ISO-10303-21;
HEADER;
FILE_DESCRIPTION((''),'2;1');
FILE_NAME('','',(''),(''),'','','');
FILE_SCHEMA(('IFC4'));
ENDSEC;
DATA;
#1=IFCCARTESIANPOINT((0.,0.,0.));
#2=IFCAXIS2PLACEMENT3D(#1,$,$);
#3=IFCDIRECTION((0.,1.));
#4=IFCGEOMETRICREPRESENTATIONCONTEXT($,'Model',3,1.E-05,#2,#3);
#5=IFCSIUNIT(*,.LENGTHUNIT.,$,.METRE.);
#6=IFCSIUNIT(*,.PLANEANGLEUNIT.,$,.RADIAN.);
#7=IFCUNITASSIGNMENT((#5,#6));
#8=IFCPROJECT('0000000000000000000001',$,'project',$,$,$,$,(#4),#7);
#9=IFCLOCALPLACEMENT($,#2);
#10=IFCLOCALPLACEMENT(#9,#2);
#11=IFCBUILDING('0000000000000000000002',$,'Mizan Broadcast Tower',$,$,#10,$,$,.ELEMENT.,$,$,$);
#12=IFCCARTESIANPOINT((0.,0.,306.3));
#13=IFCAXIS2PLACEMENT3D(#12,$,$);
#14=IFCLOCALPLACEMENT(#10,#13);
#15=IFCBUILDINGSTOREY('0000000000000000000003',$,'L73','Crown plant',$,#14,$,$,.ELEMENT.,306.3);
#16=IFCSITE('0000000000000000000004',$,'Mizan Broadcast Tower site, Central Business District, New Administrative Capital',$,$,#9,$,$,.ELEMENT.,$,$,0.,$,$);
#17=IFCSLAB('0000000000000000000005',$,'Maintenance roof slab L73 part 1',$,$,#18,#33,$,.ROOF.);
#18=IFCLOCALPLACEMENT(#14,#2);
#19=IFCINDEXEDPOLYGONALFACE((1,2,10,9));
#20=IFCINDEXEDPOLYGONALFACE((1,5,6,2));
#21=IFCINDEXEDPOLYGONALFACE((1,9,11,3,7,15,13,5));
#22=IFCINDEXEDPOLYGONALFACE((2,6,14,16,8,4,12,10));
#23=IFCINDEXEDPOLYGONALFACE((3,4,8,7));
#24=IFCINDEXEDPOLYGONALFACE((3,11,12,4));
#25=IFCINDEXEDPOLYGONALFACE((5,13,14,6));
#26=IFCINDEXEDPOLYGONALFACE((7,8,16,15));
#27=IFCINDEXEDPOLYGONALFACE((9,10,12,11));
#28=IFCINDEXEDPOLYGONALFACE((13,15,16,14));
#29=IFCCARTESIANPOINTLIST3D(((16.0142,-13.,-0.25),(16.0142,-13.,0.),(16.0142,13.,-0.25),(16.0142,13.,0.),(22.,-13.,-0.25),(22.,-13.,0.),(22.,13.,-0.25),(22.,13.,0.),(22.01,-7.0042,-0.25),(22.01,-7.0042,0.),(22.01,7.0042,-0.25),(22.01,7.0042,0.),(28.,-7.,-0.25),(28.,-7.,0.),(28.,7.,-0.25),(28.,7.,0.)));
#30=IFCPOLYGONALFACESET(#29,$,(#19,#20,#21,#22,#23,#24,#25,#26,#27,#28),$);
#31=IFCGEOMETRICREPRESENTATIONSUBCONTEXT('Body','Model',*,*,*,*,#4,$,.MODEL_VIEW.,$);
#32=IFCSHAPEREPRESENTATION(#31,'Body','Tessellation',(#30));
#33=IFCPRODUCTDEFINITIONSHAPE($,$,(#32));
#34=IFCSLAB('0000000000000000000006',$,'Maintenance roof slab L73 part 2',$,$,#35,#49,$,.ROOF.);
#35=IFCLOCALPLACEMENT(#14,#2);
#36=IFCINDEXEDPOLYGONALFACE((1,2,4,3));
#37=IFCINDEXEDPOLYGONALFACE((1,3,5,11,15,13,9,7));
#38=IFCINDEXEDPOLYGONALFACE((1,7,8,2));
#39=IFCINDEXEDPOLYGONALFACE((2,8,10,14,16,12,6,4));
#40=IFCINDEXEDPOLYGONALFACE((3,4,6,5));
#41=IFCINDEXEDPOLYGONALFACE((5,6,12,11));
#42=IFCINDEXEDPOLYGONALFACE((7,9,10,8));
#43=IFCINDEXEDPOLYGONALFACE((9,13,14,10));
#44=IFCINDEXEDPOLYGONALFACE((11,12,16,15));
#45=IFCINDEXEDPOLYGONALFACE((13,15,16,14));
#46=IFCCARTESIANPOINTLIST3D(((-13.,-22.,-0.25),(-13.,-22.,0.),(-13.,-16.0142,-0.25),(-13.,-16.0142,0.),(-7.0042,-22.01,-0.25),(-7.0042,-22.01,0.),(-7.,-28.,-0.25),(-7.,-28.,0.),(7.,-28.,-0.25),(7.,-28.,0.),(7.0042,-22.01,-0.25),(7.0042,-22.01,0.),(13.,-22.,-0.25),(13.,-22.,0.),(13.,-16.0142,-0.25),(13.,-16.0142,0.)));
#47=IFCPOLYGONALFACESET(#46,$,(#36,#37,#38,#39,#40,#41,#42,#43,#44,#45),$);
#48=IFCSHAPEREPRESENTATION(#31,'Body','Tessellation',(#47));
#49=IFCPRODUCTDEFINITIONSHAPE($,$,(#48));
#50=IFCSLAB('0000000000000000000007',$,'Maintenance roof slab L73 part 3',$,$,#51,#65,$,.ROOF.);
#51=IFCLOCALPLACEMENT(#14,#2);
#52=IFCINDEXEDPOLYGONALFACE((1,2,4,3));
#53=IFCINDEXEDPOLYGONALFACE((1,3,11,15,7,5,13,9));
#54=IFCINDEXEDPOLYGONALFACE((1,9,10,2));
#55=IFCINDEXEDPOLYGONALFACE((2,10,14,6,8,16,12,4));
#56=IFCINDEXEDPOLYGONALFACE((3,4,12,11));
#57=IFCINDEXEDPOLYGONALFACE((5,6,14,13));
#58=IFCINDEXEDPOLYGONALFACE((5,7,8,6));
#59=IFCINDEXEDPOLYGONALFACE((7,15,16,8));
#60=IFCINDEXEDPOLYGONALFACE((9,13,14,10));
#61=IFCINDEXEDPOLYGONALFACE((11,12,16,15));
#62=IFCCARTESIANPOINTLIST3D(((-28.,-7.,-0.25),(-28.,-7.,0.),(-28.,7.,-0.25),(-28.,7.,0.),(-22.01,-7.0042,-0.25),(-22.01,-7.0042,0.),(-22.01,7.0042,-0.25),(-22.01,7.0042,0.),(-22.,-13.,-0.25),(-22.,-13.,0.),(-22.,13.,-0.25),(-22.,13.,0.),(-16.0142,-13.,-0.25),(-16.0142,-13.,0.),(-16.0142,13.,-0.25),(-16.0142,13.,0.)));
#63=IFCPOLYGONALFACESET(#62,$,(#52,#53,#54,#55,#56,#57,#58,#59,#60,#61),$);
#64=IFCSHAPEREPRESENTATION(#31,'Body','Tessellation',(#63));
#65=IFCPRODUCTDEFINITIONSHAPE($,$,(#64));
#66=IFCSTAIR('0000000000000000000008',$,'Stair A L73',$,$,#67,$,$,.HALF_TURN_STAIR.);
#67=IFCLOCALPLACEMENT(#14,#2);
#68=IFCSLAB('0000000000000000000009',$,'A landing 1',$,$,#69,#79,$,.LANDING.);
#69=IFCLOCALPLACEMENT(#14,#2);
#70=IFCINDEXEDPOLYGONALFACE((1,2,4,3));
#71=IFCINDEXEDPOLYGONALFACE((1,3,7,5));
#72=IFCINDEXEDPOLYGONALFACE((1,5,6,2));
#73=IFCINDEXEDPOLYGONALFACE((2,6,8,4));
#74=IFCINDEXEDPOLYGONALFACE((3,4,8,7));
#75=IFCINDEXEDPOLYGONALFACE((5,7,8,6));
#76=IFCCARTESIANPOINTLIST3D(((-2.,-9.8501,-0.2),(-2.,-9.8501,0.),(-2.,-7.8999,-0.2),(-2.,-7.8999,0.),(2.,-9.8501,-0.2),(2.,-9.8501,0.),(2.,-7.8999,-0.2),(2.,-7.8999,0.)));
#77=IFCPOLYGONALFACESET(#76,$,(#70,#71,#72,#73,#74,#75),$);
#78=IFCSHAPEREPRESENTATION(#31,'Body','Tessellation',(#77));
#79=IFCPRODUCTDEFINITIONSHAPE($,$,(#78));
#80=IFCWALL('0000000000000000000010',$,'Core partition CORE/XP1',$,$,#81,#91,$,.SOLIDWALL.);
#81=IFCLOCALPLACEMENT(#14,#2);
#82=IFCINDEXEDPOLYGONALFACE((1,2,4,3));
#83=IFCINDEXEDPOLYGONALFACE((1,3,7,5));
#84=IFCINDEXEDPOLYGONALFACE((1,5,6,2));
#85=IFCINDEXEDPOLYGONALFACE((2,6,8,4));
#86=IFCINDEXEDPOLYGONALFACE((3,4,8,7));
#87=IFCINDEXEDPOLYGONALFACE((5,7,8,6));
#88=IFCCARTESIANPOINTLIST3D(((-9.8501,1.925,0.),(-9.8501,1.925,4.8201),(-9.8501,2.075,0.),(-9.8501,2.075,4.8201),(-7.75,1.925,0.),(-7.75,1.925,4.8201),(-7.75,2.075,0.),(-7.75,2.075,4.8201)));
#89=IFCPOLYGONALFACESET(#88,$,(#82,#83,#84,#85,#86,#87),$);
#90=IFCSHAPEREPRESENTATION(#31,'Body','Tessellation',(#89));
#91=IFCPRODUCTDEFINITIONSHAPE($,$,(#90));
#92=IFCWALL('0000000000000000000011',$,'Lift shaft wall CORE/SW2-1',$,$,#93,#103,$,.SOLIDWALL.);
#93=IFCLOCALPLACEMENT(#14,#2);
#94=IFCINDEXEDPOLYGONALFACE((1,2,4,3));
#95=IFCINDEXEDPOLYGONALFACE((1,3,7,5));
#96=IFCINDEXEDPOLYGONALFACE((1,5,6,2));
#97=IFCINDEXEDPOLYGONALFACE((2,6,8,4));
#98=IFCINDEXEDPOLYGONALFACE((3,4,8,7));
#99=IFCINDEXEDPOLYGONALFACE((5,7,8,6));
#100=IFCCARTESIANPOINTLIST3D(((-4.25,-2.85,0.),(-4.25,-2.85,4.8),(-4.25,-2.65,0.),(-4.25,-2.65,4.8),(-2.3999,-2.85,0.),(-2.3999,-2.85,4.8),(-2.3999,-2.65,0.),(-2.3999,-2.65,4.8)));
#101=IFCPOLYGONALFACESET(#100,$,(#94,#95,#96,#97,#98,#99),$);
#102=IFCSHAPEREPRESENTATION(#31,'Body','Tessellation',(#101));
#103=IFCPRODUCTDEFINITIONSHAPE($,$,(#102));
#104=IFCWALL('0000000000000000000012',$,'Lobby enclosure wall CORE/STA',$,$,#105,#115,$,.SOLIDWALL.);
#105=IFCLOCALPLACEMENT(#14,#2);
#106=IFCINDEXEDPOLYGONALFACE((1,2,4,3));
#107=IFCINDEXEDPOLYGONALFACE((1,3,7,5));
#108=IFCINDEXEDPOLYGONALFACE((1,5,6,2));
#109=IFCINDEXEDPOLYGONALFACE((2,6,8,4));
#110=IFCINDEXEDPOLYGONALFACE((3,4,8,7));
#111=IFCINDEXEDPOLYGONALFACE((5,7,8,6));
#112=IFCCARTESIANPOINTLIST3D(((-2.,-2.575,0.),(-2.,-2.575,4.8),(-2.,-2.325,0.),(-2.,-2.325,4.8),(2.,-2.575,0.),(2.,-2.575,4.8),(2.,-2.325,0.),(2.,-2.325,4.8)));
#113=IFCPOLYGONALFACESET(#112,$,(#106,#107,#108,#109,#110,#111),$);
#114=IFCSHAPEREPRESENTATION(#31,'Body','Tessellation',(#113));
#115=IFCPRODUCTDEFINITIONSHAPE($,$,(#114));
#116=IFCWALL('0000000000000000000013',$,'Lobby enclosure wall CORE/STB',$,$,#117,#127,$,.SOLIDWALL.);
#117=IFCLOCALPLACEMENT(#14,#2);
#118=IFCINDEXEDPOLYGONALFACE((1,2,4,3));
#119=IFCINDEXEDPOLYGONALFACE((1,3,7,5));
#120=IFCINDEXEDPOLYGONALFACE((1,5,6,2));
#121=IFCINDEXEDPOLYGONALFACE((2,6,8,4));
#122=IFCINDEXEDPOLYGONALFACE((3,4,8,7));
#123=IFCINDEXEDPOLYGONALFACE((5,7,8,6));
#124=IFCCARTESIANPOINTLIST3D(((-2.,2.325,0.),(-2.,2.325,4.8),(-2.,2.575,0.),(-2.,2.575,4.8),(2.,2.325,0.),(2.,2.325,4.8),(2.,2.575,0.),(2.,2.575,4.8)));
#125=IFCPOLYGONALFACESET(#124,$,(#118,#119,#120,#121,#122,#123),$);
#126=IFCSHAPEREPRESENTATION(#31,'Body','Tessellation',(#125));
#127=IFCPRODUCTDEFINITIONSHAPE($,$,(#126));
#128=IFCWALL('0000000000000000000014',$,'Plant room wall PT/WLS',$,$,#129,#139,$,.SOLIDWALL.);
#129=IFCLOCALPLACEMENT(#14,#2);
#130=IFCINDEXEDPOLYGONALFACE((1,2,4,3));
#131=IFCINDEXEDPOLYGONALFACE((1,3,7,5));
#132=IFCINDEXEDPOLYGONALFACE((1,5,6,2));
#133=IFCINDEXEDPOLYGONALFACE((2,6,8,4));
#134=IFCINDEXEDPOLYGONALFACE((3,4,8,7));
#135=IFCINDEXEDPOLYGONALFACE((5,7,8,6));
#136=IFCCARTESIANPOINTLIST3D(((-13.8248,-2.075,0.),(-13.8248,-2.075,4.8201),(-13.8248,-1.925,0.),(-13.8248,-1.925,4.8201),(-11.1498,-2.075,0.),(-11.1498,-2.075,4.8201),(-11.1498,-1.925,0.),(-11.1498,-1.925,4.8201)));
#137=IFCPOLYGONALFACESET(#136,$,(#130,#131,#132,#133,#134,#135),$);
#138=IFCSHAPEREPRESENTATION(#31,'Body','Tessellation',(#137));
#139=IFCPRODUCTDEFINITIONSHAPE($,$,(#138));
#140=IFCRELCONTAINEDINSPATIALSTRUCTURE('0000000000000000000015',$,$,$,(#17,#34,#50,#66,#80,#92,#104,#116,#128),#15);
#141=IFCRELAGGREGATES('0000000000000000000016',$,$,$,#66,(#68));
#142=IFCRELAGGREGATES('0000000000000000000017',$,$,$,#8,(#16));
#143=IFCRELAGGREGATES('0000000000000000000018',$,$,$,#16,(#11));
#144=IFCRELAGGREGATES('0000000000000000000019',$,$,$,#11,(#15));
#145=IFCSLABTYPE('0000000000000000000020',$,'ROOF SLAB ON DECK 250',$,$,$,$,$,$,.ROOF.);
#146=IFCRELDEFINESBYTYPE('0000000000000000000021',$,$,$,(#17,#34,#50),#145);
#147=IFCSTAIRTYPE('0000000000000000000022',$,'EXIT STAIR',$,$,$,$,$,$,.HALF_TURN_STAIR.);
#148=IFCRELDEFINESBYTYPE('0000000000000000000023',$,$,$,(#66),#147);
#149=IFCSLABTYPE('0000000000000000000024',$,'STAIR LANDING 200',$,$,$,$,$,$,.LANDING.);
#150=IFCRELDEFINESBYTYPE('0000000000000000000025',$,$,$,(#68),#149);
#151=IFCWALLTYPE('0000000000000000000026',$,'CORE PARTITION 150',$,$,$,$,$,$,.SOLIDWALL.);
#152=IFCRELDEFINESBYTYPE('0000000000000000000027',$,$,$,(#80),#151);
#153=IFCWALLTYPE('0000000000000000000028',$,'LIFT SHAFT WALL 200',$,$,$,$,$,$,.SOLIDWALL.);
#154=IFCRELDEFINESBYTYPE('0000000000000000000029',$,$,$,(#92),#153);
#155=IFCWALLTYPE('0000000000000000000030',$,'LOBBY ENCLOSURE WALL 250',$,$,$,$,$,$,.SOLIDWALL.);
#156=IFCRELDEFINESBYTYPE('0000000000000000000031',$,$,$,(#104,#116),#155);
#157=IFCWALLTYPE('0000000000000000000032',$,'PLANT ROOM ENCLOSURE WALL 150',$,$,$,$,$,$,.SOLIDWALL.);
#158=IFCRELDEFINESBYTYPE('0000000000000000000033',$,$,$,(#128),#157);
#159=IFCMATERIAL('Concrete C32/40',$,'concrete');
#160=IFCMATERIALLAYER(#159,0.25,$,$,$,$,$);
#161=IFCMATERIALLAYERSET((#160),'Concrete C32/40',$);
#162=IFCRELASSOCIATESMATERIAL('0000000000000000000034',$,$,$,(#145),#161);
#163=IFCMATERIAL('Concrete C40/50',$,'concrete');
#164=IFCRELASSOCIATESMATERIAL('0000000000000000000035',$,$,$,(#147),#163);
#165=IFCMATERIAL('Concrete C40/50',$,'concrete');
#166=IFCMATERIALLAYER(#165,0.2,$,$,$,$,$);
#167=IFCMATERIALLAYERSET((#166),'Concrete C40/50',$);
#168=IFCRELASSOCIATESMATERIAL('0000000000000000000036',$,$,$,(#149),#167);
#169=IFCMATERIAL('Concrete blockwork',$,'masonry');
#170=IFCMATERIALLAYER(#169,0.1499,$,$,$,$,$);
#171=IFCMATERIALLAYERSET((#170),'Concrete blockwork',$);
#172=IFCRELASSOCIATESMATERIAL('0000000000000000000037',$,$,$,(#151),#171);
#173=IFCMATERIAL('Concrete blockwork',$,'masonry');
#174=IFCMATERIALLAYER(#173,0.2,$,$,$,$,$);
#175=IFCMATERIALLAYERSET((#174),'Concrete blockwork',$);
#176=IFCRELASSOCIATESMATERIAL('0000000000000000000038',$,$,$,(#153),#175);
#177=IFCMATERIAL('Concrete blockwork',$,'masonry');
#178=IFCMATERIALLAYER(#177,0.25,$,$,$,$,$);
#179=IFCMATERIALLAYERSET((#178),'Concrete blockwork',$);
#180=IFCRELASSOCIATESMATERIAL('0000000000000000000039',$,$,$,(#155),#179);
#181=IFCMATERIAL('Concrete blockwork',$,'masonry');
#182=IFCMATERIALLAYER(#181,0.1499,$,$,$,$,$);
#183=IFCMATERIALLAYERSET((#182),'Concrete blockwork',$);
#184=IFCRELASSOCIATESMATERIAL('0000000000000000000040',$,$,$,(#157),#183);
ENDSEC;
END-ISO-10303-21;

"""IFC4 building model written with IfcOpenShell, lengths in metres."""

from ifc_helpers import new_model, si_unit, direction, frame, frame_2d, origin, place, context, subcontext, project, spatial, polyline, rectangle, outline, extrude, material, layer, layer_set, type_object, element, aggregate, save


model = new_model("IFC4")

# Units and contexts
model_context = context("Model", 3, precision=1e-05, world=origin(), true_north=direction((0.0, 1.0)))
body_context = subcontext(model_context, "Body", "Model", "MODEL_VIEW")
ifc_project = project(units=[si_unit("LENGTHUNIT", "METRE"), si_unit("PLANEANGLEUNIT", "RADIAN")], contexts=[model_context])

# Site, building, storey
site_placement = place(None, origin())
site = spatial("IfcSite", under=ifc_project, at=site_placement, Name="Mizan Broadcast Tower site, Central Business District, New Administrative Capital", CompositionType="ELEMENT", RefElevation=0.0)
building_placement = place(site_placement, origin())
building = spatial("IfcBuilding", under=site, at=building_placement, Name="Mizan Broadcast Tower", CompositionType="ELEMENT")
storey_placement = place(building_placement, frame((0.0, 0.0, 306.3)))
storey = spatial("IfcBuildingStorey", under=building, at=storey_placement, Name="L73", Description="Crown plant", CompositionType="ELEMENT", Elevation=306.3)

# Slabs
ifc_material_1 = material(Name="Concrete C32/40", Category="concrete")
ifc_layer_1 = layer(ifc_material_1, 0.25)
ifc_layer_set_1 = layer_set([ifc_layer_1], Name="Concrete C32/40")
slab_type_1 = type_object("IfcSlabType", Name="ROOF SLAB ON DECK 250", PredefinedType="ROOF", material=ifc_layer_set_1)
slab_1_placement = place(storey_placement, frame((0.0, 0.0, -0.25)))
element("IfcSlab", 1, at=slab_1_placement, inside=storey, type_object=slab_type_1, Name="Maintenance roof slab L73 part 1", PredefinedType="ROOF", context=body_context, shape_type="SweptSolid", body=[
    extrude(outline(polyline([(22.0, 13.0), (16.0142, 13.0), (22.01, 7.0042), (22.01, -7.0042), (16.0142, -13.0), (22.0, -13.0), (28.0, -7.0), (28.0, 7.0), (22.0, 13.0)])), origin(), (0.0, 0.0, 1.0), 0.25),
])
slab_2_placement = place(storey_placement, frame((0.0, 0.0, -0.25)))
element("IfcSlab", 2, at=slab_2_placement, inside=storey, type_object=slab_type_1, Name="Maintenance roof slab L73 part 2", PredefinedType="ROOF", context=body_context, shape_type="SweptSolid", body=[
    extrude(outline(polyline([(13.0, -22.0), (13.0, -16.0142), (7.0042, -22.01), (-7.0042, -22.01), (-13.0, -16.0142), (-13.0, -22.0), (-7.0, -28.0), (7.0, -28.0), (13.0, -22.0)])), origin(), (0.0, 0.0, 1.0), 0.25),
])
slab_3_placement = place(storey_placement, frame((0.0, 0.0, -0.25)))
element("IfcSlab", 3, at=slab_3_placement, inside=storey, type_object=slab_type_1, Name="Maintenance roof slab L73 part 3", PredefinedType="ROOF", context=body_context, shape_type="SweptSolid", body=[
    extrude(outline(polyline([(-22.0, -13.0), (-16.0142, -13.0), (-22.01, -7.0042), (-22.01, 7.0042), (-16.0142, 13.0), (-22.0, 13.0), (-28.0, 7.0), (-28.0, -7.0), (-22.0, -13.0)])), origin(), (0.0, 0.0, 1.0), 0.25),
])

# Stair, slab
ifc_material_2 = material(Name="Concrete C40/50", Category="concrete")
stair_type = type_object("IfcStairType", Name="EXIT STAIR", PredefinedType="HALF_TURN_STAIR", material=ifc_material_2)
stair_placement = place(storey_placement, origin())
stair = element("IfcStair", 4, at=stair_placement, inside=storey, type_object=stair_type, Name="Stair A L73", PredefinedType="HALF_TURN_STAIR")
ifc_material_3 = material(Name="Concrete C40/50", Category="concrete")
ifc_layer_2 = layer(ifc_material_3, 0.2)
ifc_layer_set_2 = layer_set([ifc_layer_2], Name="Concrete C40/50")
slab_type_2 = type_object("IfcSlabType", Name="STAIR LANDING 200", PredefinedType="LANDING", material=ifc_layer_set_2)
slab_4_placement = place(storey_placement, frame((0.0, 0.0, -0.2)))
slab_4 = element("IfcSlab", 5, at=slab_4_placement, type_object=slab_type_2, Name="A landing 1", PredefinedType="LANDING", context=body_context, shape_type="SweptSolid", body=[
    extrude(outline(polyline([(-2.0, -9.8501), (-2.0, -7.8999), (2.0, -7.8999), (2.0, -9.8501), (-2.0, -9.8501)])), origin(), (0.0, 0.0, 1.0), 0.2),
])
aggregate(stair, [slab_4])

# Walls
ifc_material_4 = material(Name="Concrete blockwork", Category="masonry")
ifc_layer_3 = layer(ifc_material_4, 0.1499)
ifc_layer_set_3 = layer_set([ifc_layer_3], Name="Concrete blockwork")
wall_type_1 = type_object("IfcWallType", Name="CORE PARTITION 150", PredefinedType="SOLIDWALL", material=ifc_layer_set_3)
wall_1_placement = place(storey_placement, frame((-9.8501, 2.0, 0.0), z_axis=(0.0, 0.0, 1.0), x_axis=(1.0, 0.0, 0.0)))
element("IfcWall", 6, at=wall_1_placement, inside=storey, type_object=wall_type_1, Name="Core partition CORE/XP1", PredefinedType="SOLIDWALL", context=body_context, shape_type="SweptSolid", body=[
    extrude(rectangle(XDim=2.1001, YDim=0.1499, at=frame_2d((1.05, 0.0))), origin(), (0.0, 0.0, 1.0), 4.8201),
])
ifc_material_5 = material(Name="Concrete blockwork", Category="masonry")
ifc_layer_4 = layer(ifc_material_5, 0.2)
ifc_layer_set_4 = layer_set([ifc_layer_4], Name="Concrete blockwork")
wall_type_2 = type_object("IfcWallType", Name="LIFT SHAFT WALL 200", PredefinedType="SOLIDWALL", material=ifc_layer_set_4)
wall_2_placement = place(storey_placement, frame((-4.25, -2.75, 0.0), z_axis=(0.0, 0.0, 1.0), x_axis=(1.0, 0.0, 0.0)))
element("IfcWall", 7, at=wall_2_placement, inside=storey, type_object=wall_type_2, Name="Lift shaft wall CORE/SW2-1", PredefinedType="SOLIDWALL", context=body_context, shape_type="SweptSolid", body=[
    extrude(rectangle(XDim=1.8501, YDim=0.2, at=frame_2d((0.925, 0.0))), origin(), (0.0, 0.0, 1.0), 4.8),
])
ifc_material_6 = material(Name="Concrete blockwork", Category="masonry")
ifc_layer_5 = layer(ifc_material_6, 0.25)
ifc_layer_set_5 = layer_set([ifc_layer_5], Name="Concrete blockwork")
wall_type_3 = type_object("IfcWallType", Name="LOBBY ENCLOSURE WALL 250", PredefinedType="SOLIDWALL", material=ifc_layer_set_5)
for number, where, z_axis, x_axis, name in (
    (8, (-2.0, -2.45, 0.0), (0.0, 0.0, 1.0), (1.0, 0.0, 0.0), "Lobby enclosure wall CORE/STA"),
    (9, (-2.0, 2.45, 0.0), (0.0, 0.0, 1.0), (1.0, 0.0, 0.0), "Lobby enclosure wall CORE/STB"),
):
    element("IfcWall", number, at=place(storey_placement, frame(where, z_axis=z_axis, x_axis=x_axis)), inside=storey, type_object=wall_type_3, Name=name, PredefinedType="SOLIDWALL", context=body_context, shape_type="SweptSolid", body=[
        extrude(rectangle(XDim=4.0, YDim=0.25, at=frame_2d((2.0, 0.0))), origin(), (0.0, 0.0, 1.0), 4.8),
    ])
ifc_material_7 = material(Name="Concrete blockwork", Category="masonry")
ifc_layer_6 = layer(ifc_material_7, 0.1499)
ifc_layer_set_6 = layer_set([ifc_layer_6], Name="Concrete blockwork")
wall_type_4 = type_object("IfcWallType", Name="PLANT ROOM ENCLOSURE WALL 150", PredefinedType="SOLIDWALL", material=ifc_layer_set_6)
wall_3_placement = place(storey_placement, frame((-11.1499, -2.0, 0.0), z_axis=(0.0, 0.0, 1.0), x_axis=(-1.0, 0.0, 0.0)))
element("IfcWall", 10, at=wall_3_placement, inside=storey, type_object=wall_type_4, Name="Plant room wall PT/WLS", PredefinedType="SOLIDWALL", context=body_context, shape_type="SweptSolid", body=[
    extrude(rectangle(XDim=2.675, YDim=0.1499, at=frame_2d((1.3374, 0.0))), origin(), (0.0, 0.0, 1.0), 4.8201),
])

save(model, "model.ifc")
